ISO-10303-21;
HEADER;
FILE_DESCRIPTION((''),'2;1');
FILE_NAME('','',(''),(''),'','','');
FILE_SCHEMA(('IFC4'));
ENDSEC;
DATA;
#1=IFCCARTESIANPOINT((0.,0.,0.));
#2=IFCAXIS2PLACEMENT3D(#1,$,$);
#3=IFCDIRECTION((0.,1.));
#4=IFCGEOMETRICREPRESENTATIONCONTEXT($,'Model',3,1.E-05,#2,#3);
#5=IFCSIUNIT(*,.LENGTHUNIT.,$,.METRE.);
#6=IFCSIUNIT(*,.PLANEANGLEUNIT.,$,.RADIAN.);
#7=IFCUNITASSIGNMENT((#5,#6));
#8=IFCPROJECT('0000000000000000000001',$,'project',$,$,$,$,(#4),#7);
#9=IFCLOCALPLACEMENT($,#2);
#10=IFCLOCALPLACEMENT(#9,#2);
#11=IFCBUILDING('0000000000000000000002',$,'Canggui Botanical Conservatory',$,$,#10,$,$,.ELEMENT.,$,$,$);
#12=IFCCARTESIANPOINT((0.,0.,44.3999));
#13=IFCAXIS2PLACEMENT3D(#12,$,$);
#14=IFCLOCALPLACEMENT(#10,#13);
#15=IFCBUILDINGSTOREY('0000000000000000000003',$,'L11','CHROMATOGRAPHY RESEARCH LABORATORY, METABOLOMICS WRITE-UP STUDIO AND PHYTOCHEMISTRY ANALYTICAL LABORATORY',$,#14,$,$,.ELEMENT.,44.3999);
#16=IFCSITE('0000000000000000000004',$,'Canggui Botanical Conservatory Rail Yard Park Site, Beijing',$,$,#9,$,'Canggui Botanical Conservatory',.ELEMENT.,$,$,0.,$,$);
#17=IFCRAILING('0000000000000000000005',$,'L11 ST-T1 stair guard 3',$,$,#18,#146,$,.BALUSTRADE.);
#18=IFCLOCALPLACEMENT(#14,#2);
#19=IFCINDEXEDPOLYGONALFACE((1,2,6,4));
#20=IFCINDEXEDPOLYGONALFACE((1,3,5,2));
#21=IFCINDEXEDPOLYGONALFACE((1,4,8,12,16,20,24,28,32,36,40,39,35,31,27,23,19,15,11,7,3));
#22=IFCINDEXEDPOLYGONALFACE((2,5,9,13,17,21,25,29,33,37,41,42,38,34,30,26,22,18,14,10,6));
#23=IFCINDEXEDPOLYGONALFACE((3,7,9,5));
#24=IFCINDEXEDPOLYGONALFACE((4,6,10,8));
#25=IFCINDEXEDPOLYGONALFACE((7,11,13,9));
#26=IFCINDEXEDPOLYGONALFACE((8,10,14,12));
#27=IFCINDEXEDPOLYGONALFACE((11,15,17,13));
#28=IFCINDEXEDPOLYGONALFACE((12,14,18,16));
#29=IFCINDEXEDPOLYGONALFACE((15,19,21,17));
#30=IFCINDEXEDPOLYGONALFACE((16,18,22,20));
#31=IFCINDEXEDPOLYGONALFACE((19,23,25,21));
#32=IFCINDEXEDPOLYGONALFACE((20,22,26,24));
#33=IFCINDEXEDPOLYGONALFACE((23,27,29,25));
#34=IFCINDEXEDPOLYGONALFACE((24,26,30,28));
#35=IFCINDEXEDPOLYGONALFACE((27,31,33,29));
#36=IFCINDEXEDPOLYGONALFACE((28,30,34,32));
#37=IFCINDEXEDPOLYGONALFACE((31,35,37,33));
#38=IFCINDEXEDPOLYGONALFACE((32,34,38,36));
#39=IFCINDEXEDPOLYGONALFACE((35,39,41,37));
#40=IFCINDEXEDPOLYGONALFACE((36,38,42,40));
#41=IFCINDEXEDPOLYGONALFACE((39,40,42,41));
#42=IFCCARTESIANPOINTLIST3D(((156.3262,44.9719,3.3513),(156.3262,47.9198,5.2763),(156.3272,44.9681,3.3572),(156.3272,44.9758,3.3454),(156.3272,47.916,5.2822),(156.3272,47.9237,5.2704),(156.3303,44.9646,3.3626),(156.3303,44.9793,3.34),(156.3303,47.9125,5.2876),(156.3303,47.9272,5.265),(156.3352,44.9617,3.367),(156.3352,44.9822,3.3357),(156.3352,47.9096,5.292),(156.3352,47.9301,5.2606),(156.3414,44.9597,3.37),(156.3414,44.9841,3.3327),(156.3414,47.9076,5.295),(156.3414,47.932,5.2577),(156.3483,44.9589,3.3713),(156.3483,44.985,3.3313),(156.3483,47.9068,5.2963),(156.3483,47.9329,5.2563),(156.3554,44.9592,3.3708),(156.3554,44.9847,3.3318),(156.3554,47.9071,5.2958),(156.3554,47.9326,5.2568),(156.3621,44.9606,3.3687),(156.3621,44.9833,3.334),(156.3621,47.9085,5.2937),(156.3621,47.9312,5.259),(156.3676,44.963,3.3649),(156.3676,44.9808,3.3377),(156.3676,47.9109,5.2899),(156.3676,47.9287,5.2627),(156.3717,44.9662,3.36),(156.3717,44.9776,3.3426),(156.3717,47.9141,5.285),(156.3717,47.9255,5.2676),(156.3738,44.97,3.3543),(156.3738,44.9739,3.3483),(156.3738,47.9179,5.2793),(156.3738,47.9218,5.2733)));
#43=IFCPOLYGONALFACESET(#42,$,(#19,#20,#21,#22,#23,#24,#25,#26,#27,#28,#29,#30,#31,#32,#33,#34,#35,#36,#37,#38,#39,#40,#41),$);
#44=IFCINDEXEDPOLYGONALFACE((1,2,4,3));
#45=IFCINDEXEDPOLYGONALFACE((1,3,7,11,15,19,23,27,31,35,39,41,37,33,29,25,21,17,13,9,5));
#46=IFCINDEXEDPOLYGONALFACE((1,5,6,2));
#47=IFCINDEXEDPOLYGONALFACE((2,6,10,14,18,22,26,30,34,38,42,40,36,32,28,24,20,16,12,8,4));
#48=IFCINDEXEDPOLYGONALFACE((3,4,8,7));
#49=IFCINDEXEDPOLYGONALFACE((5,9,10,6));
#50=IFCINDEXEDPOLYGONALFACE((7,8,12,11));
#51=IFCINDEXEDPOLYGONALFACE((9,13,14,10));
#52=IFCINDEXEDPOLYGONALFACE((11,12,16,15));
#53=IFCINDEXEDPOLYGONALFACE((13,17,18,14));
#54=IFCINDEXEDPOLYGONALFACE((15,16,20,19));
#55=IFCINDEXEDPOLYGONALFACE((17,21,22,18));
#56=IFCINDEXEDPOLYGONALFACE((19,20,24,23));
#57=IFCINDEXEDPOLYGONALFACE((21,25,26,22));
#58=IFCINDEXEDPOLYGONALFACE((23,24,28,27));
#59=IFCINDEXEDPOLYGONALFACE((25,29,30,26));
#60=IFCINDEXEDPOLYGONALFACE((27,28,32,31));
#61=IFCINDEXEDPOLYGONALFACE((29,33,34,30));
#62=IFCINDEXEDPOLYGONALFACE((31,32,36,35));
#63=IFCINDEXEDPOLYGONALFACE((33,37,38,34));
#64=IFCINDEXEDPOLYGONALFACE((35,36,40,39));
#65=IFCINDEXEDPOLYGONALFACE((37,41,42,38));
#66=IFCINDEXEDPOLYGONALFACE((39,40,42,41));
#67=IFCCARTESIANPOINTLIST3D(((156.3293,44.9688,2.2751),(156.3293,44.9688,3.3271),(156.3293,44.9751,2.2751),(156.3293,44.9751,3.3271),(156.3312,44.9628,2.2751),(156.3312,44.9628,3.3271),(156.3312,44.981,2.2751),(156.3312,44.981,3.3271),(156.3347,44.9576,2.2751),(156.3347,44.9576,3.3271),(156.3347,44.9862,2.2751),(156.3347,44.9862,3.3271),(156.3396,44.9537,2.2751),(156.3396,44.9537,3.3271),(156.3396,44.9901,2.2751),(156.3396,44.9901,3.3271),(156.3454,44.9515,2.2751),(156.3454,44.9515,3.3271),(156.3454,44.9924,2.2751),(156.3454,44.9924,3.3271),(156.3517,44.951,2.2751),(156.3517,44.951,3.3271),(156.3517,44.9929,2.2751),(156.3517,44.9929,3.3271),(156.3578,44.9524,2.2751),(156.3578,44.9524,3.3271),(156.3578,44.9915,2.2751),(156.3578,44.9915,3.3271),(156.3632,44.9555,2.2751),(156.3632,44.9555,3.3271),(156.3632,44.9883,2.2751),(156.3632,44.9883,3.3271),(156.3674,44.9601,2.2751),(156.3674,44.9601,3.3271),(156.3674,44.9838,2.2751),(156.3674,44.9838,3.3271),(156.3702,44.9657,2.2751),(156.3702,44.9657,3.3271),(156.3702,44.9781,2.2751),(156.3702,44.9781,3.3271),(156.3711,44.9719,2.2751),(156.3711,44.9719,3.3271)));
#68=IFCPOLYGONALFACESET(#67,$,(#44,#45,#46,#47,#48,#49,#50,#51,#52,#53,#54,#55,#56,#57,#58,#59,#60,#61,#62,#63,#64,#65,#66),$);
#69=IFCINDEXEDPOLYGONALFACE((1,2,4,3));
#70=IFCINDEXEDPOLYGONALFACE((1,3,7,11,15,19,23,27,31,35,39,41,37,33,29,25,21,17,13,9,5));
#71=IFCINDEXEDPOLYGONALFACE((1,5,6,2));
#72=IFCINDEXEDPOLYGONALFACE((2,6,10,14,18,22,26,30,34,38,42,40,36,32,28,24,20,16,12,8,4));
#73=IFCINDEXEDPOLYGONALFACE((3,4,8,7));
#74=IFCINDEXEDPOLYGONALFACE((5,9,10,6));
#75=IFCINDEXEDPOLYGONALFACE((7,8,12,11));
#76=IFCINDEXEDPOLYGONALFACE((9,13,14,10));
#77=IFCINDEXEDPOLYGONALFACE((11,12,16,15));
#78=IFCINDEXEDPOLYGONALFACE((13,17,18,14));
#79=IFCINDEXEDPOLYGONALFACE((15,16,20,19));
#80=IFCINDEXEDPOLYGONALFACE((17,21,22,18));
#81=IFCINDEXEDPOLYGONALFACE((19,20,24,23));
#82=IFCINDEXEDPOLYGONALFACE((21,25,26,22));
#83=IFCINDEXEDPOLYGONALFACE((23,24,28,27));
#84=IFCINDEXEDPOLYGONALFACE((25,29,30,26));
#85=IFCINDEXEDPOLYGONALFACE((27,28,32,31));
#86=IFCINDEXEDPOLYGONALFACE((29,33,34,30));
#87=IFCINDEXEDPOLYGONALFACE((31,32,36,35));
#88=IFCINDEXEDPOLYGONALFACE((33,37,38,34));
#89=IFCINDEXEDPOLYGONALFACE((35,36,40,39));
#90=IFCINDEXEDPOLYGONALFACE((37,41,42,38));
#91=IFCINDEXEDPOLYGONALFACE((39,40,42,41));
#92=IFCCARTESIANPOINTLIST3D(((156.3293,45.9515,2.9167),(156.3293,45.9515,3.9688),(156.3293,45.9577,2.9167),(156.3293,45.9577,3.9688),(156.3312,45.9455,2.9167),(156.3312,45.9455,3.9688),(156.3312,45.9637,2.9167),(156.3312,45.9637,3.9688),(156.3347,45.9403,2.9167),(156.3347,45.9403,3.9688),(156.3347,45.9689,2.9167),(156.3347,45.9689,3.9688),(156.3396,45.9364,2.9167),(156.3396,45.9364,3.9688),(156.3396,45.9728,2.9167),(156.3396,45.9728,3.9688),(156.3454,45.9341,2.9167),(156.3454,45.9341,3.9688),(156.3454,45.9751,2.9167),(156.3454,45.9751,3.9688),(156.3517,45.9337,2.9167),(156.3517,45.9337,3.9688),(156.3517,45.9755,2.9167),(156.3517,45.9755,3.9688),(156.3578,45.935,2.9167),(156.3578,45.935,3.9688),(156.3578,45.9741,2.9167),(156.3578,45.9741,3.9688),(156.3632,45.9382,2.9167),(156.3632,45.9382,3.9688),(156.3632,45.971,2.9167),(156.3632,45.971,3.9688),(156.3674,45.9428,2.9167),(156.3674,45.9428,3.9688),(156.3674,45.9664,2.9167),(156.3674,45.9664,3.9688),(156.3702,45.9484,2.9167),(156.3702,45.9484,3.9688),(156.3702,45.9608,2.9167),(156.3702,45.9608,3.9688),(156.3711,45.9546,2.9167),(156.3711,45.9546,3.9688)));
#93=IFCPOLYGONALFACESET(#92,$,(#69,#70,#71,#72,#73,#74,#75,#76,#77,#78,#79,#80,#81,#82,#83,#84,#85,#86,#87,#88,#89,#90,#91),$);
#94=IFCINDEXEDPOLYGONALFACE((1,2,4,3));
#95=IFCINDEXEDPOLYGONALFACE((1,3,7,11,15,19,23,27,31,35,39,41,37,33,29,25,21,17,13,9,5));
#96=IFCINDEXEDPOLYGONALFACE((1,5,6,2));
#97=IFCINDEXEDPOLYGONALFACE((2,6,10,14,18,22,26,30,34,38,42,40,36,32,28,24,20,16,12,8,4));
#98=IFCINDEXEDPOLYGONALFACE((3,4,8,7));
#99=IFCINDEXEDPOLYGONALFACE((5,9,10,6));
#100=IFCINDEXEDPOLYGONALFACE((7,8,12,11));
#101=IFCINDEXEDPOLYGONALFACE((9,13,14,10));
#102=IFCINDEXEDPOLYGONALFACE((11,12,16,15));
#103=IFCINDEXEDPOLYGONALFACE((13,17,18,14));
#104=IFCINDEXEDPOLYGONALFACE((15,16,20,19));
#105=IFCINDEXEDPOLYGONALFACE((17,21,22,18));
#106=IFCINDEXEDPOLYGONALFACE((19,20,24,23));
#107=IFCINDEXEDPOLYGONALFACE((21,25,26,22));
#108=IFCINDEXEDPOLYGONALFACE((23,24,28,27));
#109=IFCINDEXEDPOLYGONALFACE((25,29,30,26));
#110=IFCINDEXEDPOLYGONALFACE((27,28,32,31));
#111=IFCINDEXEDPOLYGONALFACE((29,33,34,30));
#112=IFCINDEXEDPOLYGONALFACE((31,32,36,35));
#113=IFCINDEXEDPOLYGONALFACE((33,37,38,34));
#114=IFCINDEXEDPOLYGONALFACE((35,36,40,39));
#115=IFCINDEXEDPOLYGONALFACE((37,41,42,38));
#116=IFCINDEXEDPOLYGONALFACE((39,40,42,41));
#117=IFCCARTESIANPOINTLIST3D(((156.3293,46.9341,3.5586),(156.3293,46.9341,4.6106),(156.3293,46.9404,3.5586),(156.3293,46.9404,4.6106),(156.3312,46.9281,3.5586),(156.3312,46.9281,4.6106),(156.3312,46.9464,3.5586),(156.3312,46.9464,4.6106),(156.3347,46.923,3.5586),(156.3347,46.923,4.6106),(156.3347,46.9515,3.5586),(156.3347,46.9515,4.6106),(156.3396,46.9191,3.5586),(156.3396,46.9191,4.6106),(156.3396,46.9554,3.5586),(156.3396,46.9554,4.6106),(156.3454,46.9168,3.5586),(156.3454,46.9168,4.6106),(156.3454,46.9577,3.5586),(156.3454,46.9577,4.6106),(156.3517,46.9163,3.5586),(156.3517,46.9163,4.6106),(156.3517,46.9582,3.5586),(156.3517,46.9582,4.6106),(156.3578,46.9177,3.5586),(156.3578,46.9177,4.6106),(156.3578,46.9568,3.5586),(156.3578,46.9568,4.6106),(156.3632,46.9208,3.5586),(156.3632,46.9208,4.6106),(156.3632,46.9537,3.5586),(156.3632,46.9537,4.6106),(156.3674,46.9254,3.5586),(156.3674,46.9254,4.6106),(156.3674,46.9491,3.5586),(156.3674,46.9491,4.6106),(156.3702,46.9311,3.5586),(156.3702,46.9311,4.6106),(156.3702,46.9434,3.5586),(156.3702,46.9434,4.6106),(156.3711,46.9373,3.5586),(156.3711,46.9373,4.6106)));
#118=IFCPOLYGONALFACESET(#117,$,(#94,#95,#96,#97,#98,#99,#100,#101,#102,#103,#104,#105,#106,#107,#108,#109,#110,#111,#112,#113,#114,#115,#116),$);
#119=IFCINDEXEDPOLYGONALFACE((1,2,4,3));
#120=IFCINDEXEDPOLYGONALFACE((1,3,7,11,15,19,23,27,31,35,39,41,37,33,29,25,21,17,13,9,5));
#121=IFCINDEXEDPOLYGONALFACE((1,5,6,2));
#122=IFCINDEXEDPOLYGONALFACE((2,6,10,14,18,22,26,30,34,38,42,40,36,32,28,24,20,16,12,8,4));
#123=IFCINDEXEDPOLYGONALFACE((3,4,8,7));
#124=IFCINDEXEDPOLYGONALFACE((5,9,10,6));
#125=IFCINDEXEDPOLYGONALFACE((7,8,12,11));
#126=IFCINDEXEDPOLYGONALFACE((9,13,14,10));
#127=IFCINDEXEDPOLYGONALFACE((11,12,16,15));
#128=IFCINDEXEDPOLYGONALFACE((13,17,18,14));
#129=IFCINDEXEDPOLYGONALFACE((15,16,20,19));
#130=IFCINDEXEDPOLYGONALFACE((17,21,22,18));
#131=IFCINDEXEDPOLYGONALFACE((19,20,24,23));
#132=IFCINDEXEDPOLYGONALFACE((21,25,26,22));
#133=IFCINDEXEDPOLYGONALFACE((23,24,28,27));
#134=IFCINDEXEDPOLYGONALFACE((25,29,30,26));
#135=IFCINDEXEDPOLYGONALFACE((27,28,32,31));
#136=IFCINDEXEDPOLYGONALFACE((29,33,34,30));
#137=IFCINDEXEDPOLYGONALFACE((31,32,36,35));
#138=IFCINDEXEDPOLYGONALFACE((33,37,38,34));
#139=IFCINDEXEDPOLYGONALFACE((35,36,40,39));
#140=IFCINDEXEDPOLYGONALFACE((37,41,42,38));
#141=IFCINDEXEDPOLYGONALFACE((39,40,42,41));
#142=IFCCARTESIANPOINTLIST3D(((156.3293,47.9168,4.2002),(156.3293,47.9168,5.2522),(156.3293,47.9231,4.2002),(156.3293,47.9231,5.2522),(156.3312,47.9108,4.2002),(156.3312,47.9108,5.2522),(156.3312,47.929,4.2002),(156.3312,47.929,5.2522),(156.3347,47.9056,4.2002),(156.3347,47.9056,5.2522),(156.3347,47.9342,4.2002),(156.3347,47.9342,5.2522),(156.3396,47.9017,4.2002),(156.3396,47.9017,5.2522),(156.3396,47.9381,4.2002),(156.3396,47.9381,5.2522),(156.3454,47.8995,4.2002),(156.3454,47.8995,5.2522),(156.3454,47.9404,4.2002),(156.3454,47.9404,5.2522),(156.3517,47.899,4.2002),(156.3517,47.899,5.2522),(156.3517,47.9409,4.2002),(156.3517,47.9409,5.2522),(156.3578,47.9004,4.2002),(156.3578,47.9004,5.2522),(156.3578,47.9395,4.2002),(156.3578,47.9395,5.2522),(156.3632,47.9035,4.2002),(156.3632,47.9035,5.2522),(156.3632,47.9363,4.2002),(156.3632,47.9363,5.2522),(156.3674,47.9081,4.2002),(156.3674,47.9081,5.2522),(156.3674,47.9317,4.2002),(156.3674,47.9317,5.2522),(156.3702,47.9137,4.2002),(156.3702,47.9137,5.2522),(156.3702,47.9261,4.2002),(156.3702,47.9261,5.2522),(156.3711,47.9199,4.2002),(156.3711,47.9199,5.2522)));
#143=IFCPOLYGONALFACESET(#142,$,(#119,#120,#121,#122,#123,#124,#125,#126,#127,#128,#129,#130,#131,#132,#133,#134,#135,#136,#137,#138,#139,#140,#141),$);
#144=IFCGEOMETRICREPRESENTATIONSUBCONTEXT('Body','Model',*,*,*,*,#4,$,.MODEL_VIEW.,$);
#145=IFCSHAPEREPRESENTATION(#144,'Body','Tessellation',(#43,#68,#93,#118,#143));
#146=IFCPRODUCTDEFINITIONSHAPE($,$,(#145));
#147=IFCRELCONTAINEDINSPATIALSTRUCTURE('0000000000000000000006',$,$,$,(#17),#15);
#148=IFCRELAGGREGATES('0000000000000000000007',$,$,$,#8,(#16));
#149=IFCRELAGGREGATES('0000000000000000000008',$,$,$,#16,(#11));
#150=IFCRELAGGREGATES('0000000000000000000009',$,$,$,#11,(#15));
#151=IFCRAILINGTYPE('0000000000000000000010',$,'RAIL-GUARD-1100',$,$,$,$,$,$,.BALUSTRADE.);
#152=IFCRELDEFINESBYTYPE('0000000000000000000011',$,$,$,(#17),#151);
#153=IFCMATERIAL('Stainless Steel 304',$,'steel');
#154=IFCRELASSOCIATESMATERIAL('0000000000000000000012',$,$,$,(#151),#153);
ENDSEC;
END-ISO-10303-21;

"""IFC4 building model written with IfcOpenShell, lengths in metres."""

from ifc_helpers import new_model, si_unit, direction, frame, origin, origin_2d, place, context, subcontext, project, spatial, circle, extrude, material, type_object, element, save


model = new_model("IFC4")

# Units and contexts
model_context = context("Model", 3, precision=1e-05, world=origin(), true_north=direction((0.0, 1.0)))
body_context = subcontext(model_context, "Body", "Model", "MODEL_VIEW")
ifc_project = project(units=[si_unit("LENGTHUNIT", "METRE"), si_unit("PLANEANGLEUNIT", "RADIAN")], contexts=[model_context])

# Site, building, storey
site_placement = place(None, origin())
site = spatial("IfcSite", under=ifc_project, at=site_placement, Name="Canggui Botanical Conservatory Rail Yard Park Site, Beijing", LongName="Canggui Botanical Conservatory", CompositionType="ELEMENT", RefElevation=0.0)
building_placement = place(site_placement, origin())
building = spatial("IfcBuilding", under=site, at=building_placement, Name="Canggui Botanical Conservatory", CompositionType="ELEMENT")
storey_placement = place(building_placement, frame((0.0, 0.0, 44.3999)))
storey = spatial("IfcBuildingStorey", under=building, at=storey_placement, Name="L11", Description="CHROMATOGRAPHY RESEARCH LABORATORY, METABOLOMICS WRITE-UP STUDIO AND PHYTOCHEMISTRY ANALYTICAL LABORATORY", CompositionType="ELEMENT", Elevation=44.3999)

# Railing
ifc_material_1 = material(Name="Stainless Steel 304", Category="steel")
railing_type_1 = type_object("IfcRailingType", Name="RAIL-GUARD-1100", PredefinedType="BALUSTRADE", material=ifc_material_1)
railing_1_placement = place(storey_placement, frame((156.3501, 44.9719, 2.2751)))
element("IfcRailing", 1, at=railing_1_placement, inside=storey, type_object=railing_type_1, Name="L11 ST-T1 stair guard 3", PredefinedType="BALUSTRADE", context=body_context, shape_type="SweptSolid", body=[
    extrude(circle(Radius=0.0239, at=origin_2d()), frame((0.0, 0.0, 1.0762), z_axis=(0.0, 0.837293, 0.546754), x_axis=(-1.0, 0.0, 0.0)), (0.0, 0.0, 1.0), 3.5208),
    extrude(circle(Radius=0.021, at=origin_2d()), origin(), (0.0, 0.0, 1.0), 1.052),
    extrude(circle(Radius=0.021, at=origin_2d()), frame((0.0, 0.9827, 0.6416)), (0.0, 0.0, 1.0), 1.052),
    extrude(circle(Radius=0.021, at=origin_2d()), frame((0.0, 1.9653, 1.2834)), (0.0, 0.0, 1.0), 1.052),
    extrude(circle(Radius=0.021, at=origin_2d()), frame((0.0, 2.948, 1.925)), (0.0, 0.0, 1.0), 1.052),
])

save(model, "model.ifc")
